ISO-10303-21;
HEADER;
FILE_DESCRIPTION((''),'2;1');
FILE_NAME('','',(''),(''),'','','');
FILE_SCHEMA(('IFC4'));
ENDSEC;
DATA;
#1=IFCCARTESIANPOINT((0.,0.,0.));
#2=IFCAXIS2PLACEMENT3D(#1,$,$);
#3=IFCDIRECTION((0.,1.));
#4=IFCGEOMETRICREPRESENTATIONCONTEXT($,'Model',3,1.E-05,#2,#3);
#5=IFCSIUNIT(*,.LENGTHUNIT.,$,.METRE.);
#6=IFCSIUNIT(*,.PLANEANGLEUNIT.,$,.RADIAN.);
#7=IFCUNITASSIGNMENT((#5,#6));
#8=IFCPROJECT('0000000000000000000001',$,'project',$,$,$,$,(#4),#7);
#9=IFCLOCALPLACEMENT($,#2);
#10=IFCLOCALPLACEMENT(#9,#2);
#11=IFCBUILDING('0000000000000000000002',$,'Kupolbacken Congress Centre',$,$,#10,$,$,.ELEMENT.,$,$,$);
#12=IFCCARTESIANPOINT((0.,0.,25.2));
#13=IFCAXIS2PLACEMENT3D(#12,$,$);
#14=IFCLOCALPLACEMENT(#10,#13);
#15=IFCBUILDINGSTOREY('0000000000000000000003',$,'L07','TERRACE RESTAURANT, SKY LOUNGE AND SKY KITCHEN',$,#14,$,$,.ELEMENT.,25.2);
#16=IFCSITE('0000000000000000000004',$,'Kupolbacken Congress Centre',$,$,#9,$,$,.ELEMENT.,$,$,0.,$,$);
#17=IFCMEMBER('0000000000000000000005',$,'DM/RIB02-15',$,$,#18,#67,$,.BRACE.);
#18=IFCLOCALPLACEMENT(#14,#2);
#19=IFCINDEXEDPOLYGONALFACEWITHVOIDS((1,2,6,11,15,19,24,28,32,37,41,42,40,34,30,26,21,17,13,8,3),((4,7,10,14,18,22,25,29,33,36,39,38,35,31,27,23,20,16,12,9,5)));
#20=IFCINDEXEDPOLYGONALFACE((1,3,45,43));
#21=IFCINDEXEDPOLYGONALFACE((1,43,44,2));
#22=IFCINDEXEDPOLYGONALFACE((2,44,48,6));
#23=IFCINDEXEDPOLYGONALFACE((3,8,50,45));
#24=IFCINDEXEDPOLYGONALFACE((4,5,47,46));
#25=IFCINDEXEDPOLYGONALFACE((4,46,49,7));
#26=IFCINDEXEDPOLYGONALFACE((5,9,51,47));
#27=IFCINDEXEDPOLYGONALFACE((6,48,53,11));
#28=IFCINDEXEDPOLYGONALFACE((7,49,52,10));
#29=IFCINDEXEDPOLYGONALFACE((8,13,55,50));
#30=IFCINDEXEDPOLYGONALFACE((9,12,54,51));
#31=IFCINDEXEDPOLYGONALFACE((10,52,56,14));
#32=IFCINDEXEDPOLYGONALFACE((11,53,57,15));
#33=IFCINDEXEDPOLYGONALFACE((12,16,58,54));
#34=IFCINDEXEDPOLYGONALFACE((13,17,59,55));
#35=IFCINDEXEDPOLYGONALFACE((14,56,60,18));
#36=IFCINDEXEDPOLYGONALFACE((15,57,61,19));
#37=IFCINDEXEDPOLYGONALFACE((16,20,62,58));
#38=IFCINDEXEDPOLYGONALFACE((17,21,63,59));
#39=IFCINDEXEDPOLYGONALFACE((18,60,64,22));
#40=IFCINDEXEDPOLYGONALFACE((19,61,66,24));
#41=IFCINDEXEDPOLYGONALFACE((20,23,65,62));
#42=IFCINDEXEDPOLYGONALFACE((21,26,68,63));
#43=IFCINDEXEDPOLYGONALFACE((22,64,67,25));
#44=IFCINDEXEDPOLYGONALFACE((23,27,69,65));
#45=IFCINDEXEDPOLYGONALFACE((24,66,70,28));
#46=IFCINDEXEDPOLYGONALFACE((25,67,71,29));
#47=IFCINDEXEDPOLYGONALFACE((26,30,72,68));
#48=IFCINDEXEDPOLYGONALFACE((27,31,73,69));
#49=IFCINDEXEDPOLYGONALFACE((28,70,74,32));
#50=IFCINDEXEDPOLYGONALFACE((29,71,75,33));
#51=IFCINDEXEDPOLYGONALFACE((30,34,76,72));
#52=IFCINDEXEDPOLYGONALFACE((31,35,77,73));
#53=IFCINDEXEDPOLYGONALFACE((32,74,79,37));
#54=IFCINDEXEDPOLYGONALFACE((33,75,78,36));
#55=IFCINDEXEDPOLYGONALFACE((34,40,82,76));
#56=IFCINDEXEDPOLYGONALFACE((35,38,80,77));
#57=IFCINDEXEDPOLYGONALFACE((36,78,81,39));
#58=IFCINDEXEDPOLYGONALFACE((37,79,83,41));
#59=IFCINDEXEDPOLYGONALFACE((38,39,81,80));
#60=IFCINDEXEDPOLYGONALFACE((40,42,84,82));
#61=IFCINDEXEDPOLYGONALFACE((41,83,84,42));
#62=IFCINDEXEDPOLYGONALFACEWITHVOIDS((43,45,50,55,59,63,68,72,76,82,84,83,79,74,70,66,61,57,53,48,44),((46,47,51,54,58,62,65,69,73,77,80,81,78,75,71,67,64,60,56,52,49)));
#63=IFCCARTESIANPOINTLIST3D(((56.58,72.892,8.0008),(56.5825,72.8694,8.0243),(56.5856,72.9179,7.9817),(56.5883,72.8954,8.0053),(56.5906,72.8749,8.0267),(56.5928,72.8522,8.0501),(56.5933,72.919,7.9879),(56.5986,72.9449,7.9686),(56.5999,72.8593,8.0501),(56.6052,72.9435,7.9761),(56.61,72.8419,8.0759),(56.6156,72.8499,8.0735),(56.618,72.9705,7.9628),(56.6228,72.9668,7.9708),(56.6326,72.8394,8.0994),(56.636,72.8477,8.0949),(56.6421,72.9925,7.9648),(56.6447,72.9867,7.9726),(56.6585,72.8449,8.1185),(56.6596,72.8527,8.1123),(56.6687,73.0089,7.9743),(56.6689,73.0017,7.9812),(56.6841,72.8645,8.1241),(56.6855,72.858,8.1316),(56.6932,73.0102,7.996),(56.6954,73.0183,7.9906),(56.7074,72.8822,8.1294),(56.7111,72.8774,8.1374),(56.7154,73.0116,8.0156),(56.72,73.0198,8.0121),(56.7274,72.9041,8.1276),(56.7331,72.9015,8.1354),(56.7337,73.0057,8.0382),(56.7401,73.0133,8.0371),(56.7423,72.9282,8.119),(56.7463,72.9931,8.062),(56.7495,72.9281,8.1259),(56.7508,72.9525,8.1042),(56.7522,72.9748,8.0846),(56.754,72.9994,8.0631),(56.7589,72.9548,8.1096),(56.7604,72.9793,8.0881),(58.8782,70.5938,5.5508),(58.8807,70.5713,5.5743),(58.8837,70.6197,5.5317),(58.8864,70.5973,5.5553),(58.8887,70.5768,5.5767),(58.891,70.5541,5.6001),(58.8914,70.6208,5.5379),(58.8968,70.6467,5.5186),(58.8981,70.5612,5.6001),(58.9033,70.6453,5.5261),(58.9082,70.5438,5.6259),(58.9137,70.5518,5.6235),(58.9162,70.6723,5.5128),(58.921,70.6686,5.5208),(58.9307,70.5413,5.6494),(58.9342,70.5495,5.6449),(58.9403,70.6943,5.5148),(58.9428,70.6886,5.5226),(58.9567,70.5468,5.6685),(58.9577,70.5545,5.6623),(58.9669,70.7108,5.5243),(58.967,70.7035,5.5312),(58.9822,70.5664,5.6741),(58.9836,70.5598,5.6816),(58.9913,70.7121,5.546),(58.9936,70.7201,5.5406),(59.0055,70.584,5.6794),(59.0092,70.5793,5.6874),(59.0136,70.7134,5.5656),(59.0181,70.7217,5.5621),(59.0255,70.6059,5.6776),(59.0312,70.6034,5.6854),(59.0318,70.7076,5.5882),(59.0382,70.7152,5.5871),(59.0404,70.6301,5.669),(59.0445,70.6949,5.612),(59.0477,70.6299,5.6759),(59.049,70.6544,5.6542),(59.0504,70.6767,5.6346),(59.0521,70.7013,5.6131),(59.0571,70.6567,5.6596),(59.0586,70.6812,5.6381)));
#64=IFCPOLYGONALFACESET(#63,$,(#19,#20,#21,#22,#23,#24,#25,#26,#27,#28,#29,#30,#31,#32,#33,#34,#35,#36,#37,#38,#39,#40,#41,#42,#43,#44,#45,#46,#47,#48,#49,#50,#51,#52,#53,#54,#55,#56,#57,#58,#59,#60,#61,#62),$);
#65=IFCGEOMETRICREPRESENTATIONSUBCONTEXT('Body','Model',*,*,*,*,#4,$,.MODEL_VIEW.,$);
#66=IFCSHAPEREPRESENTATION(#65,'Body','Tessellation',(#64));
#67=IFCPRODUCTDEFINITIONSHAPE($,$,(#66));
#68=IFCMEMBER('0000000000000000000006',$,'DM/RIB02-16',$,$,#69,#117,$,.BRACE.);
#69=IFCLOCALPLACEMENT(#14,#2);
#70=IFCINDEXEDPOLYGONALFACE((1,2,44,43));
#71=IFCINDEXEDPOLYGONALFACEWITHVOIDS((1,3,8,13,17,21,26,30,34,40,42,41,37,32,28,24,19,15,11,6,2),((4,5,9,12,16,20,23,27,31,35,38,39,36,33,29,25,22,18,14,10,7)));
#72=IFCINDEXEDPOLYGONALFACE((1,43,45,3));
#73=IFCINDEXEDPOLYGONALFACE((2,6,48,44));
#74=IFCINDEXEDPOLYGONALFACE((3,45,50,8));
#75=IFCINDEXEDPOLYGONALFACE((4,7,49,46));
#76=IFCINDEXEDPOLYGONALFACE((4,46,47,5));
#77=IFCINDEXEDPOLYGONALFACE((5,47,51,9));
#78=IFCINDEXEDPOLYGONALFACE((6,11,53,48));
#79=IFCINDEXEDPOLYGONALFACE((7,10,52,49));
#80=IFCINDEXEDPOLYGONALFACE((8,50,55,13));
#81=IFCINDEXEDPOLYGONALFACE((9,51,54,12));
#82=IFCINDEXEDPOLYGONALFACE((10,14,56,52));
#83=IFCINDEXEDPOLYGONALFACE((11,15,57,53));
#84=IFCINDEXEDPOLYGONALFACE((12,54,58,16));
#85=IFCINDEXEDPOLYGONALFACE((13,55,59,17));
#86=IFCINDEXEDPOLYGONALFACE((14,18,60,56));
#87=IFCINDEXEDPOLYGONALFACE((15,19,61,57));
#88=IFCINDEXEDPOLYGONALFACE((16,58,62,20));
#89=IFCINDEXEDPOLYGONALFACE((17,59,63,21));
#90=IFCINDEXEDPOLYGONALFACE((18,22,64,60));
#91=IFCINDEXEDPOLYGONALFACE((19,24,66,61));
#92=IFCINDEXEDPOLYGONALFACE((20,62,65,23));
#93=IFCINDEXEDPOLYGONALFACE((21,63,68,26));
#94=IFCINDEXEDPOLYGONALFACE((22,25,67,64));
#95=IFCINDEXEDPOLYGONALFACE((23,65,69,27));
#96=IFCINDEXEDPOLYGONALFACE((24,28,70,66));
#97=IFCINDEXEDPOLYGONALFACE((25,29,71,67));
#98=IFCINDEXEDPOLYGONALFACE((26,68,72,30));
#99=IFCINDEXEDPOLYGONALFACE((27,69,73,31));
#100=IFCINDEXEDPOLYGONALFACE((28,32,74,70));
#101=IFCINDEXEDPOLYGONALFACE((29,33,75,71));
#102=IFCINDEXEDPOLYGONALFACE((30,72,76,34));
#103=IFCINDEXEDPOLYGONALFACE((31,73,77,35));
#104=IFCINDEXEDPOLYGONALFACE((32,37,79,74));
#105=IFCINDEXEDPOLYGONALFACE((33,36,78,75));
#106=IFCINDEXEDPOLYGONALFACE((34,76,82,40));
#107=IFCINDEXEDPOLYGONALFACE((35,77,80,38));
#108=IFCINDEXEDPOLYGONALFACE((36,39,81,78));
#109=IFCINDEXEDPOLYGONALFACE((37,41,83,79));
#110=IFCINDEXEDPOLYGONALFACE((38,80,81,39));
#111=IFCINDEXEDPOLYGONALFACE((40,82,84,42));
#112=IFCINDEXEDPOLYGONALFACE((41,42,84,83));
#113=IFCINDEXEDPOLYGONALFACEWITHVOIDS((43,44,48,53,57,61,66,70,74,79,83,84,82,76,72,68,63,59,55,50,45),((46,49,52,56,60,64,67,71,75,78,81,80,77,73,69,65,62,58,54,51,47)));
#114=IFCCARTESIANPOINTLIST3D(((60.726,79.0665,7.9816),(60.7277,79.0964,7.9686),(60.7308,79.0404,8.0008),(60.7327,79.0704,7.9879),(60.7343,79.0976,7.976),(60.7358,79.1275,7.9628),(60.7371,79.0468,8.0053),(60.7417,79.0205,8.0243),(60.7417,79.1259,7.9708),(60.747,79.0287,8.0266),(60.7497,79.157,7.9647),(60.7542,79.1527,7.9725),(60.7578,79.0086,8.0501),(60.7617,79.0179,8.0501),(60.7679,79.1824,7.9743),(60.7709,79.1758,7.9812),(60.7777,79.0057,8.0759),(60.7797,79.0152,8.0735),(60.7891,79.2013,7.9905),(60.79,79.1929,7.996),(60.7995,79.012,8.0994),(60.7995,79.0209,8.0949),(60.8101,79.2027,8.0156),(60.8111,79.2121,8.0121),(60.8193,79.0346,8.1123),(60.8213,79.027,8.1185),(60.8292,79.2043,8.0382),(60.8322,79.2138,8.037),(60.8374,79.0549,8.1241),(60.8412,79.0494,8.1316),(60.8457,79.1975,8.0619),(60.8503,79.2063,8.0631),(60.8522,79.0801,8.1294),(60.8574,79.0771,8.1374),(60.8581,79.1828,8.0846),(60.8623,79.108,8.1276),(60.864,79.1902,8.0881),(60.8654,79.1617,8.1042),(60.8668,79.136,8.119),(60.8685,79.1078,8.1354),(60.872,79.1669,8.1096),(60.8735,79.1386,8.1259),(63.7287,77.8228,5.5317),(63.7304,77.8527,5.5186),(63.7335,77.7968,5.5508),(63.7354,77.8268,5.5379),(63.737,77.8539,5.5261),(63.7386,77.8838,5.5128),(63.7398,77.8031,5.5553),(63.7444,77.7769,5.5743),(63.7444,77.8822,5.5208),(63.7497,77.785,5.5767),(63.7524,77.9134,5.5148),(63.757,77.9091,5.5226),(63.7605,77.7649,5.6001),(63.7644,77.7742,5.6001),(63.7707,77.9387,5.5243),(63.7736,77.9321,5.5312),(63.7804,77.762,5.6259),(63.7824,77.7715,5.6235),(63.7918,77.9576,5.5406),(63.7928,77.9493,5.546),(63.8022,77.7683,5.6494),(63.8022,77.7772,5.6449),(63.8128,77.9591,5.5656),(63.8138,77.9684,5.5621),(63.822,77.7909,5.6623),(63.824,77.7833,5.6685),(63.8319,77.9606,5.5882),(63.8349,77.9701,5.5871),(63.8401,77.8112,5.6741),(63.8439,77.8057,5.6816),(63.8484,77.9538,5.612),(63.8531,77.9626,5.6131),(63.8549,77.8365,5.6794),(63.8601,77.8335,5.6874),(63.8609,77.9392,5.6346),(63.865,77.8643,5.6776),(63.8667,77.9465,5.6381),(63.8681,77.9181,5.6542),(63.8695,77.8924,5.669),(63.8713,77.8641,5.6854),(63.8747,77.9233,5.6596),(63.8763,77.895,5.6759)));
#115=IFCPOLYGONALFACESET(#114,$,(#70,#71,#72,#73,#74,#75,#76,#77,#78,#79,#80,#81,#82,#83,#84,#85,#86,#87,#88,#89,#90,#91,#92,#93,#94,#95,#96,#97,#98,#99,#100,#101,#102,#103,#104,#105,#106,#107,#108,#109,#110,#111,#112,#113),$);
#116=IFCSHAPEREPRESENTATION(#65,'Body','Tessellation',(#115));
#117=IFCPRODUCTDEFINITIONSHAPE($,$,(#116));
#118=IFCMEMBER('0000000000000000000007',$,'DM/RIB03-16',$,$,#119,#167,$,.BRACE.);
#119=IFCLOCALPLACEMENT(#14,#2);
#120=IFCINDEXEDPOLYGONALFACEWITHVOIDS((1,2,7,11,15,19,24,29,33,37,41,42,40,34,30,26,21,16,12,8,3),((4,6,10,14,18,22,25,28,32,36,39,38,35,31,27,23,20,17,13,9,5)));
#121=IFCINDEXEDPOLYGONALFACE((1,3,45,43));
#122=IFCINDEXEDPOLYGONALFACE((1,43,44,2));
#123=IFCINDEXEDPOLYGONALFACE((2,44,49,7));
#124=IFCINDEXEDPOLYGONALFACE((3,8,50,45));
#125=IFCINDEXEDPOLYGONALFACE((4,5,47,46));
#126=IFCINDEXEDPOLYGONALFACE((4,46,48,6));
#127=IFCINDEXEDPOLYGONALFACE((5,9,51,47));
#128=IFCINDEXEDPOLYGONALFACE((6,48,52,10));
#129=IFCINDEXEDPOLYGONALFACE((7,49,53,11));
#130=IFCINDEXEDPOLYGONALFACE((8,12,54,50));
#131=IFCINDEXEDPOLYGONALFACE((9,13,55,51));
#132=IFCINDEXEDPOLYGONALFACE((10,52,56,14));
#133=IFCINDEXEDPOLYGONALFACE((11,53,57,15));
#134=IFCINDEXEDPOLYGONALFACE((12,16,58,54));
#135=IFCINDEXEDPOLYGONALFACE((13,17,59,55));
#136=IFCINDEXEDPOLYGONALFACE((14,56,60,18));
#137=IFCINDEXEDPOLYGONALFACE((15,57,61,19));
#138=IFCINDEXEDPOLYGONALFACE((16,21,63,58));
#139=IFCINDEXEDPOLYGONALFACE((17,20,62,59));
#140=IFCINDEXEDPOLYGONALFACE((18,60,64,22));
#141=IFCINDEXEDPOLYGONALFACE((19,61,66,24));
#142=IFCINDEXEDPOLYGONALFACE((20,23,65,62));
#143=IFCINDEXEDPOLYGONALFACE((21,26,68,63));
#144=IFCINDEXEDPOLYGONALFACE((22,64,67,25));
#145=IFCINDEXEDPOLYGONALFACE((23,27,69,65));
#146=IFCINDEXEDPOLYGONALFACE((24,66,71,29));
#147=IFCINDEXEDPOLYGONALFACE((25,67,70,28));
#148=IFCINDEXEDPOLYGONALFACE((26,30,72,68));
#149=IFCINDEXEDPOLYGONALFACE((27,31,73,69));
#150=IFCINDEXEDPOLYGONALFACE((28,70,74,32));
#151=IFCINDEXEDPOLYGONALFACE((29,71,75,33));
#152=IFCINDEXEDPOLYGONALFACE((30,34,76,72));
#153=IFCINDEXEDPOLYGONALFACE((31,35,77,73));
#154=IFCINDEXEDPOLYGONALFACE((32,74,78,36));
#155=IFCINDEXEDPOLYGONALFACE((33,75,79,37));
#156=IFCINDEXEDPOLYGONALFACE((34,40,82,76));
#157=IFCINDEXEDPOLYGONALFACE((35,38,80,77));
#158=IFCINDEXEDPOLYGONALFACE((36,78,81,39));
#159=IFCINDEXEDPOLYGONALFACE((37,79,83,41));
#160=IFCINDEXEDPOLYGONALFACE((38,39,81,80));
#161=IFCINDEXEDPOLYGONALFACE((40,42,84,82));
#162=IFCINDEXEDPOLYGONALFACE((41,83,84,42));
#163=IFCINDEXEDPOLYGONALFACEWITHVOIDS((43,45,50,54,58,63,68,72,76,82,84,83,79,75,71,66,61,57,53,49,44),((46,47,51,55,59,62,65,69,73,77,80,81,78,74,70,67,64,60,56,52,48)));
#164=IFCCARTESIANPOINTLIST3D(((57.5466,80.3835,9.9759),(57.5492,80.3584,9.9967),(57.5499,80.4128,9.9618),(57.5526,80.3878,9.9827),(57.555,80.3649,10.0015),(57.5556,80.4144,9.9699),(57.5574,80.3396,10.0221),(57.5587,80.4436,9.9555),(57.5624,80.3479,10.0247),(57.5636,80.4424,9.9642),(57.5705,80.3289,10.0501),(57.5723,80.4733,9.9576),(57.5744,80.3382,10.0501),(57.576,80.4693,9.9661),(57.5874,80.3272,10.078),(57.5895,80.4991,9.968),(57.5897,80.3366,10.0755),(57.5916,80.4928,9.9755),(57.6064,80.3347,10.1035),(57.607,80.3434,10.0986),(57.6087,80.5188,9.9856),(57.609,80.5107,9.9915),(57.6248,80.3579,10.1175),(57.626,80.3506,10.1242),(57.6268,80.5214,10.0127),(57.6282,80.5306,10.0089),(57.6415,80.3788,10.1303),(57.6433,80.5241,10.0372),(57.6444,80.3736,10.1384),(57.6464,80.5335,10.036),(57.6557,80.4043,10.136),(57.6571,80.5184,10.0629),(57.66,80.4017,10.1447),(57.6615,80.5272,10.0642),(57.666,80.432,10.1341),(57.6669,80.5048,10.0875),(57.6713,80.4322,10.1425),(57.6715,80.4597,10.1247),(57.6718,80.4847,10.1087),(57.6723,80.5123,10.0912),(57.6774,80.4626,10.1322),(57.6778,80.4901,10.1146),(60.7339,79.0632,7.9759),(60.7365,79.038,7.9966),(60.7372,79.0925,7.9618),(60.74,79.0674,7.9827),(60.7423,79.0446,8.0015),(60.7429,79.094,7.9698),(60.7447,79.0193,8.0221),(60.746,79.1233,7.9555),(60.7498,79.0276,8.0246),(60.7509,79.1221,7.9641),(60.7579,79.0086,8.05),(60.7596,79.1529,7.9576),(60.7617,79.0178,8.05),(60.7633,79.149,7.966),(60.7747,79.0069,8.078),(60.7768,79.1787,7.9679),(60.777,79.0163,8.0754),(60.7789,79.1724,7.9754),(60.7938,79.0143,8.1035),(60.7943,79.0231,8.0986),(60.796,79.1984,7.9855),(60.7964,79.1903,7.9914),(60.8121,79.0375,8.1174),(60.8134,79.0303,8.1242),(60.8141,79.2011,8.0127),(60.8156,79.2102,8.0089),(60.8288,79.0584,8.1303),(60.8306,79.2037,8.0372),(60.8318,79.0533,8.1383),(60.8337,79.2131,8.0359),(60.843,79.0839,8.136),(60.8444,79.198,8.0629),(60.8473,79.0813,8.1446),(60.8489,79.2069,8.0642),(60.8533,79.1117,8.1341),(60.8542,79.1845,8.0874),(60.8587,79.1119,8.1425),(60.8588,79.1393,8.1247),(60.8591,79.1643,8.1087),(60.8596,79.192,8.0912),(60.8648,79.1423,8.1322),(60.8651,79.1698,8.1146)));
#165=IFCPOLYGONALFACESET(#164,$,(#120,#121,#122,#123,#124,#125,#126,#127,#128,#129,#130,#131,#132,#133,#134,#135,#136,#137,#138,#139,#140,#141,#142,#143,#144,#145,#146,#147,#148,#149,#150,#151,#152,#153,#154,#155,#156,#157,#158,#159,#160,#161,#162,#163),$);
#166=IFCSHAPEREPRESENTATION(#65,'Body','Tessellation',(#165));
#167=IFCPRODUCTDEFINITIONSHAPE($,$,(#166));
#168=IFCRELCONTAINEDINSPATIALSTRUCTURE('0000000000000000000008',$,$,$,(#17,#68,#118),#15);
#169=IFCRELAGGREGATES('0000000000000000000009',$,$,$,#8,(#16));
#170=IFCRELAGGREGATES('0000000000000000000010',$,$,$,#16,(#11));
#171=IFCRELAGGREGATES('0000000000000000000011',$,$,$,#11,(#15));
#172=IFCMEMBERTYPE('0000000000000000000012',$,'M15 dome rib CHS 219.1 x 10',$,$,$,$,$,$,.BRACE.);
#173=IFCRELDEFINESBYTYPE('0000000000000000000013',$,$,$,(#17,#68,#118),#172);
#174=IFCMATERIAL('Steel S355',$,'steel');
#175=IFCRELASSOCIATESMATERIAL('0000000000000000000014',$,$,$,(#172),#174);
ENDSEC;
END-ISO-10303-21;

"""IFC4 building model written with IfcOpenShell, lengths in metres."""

from ifc_helpers import new_model, si_unit, direction, frame, origin, origin_2d, place, context, subcontext, project, spatial, hollow_circle, extrude, material, material_profile, profile_set, type_object, element, save


model = new_model("IFC4")

# Units and contexts
model_context = context("Model", 3, precision=1e-05, world=origin(), true_north=direction((0.0, 1.0)))
body_context = subcontext(model_context, "Body", "Model", "MODEL_VIEW")
ifc_project = project(units=[si_unit("LENGTHUNIT", "METRE"), si_unit("PLANEANGLEUNIT", "RADIAN")], contexts=[model_context])

# Site, building, storey
site_placement = place(None, origin())
site = spatial("IfcSite", under=ifc_project, at=site_placement, Name="Kupolbacken Congress Centre", CompositionType="ELEMENT", RefElevation=0.0)
building_placement = place(site_placement, origin())
building = spatial("IfcBuilding", under=site, at=building_placement, Name="Kupolbacken Congress Centre", CompositionType="ELEMENT")
storey_placement = place(building_placement, frame((0.0, 0.0, 25.2)))
storey = spatial("IfcBuildingStorey", under=building, at=storey_placement, Name="L07", Description="TERRACE RESTAURANT, SKY LOUNGE AND SKY KITCHEN", CompositionType="ELEMENT", Elevation=25.2)

# Members
ifc_material_1 = material(Name="Steel S355", Category="steel")
ifc_material_profile_1 = material_profile(ifc_material_1, hollow_circle(Radius=0.1096, WallThickness=0.01, at=origin_2d()), Name="CHS 219.1 x 10")
ifc_profile_set_1 = profile_set([ifc_material_profile_1], Name="Steel S355")
member_type_1 = type_object("IfcMemberType", Name="M15 dome rib CHS 219.1 x 10", PredefinedType="BRACE", material=ifc_profile_set_1)
for number, where, z_axis, x_axis, name in (
    (1, (58.9685, 70.6316, 5.6001), (-0.564645, 0.564645, 0.601956), (-0.707107, -0.707107, 0.0), "DM/RIB02-15"),
    (2, (63.8025, 77.8662, 5.6001), (-0.737757, 0.305564, 0.601951), (-0.382657, -0.92389, 0.0), "DM/RIB02-16"),
):
    element("IfcMember", number, at=place(storey_placement, frame(where, z_axis=z_axis, x_axis=x_axis)), inside=storey, type_object=member_type_1, Name=name, PredefinedType="BRACE", context=body_context, shape_type="SweptSolid", body=[
        extrude(hollow_circle(Radius=0.1096, WallThickness=0.01, at=origin_2d()), origin(), (0.0, 0.0, 1.0), 4.0701),
    ])
member_1_placement = place(storey_placement, frame((60.7998, 79.1099, 8.05), z_axis=(-0.79927, 0.331095, 0.501541), x_axis=(-0.38271, -0.923868, 0.0)))
element("IfcMember", 3, at=member_1_placement, inside=storey, type_object=member_type_1, Name="DM/RIB03-16", PredefinedType="BRACE", context=body_context, shape_type="SweptSolid", body=[
    extrude(hollow_circle(Radius=0.1096, WallThickness=0.01, at=origin_2d()), origin(), (0.0, 0.0, 1.0), 3.9878),
])

save(model, "model.ifc")
